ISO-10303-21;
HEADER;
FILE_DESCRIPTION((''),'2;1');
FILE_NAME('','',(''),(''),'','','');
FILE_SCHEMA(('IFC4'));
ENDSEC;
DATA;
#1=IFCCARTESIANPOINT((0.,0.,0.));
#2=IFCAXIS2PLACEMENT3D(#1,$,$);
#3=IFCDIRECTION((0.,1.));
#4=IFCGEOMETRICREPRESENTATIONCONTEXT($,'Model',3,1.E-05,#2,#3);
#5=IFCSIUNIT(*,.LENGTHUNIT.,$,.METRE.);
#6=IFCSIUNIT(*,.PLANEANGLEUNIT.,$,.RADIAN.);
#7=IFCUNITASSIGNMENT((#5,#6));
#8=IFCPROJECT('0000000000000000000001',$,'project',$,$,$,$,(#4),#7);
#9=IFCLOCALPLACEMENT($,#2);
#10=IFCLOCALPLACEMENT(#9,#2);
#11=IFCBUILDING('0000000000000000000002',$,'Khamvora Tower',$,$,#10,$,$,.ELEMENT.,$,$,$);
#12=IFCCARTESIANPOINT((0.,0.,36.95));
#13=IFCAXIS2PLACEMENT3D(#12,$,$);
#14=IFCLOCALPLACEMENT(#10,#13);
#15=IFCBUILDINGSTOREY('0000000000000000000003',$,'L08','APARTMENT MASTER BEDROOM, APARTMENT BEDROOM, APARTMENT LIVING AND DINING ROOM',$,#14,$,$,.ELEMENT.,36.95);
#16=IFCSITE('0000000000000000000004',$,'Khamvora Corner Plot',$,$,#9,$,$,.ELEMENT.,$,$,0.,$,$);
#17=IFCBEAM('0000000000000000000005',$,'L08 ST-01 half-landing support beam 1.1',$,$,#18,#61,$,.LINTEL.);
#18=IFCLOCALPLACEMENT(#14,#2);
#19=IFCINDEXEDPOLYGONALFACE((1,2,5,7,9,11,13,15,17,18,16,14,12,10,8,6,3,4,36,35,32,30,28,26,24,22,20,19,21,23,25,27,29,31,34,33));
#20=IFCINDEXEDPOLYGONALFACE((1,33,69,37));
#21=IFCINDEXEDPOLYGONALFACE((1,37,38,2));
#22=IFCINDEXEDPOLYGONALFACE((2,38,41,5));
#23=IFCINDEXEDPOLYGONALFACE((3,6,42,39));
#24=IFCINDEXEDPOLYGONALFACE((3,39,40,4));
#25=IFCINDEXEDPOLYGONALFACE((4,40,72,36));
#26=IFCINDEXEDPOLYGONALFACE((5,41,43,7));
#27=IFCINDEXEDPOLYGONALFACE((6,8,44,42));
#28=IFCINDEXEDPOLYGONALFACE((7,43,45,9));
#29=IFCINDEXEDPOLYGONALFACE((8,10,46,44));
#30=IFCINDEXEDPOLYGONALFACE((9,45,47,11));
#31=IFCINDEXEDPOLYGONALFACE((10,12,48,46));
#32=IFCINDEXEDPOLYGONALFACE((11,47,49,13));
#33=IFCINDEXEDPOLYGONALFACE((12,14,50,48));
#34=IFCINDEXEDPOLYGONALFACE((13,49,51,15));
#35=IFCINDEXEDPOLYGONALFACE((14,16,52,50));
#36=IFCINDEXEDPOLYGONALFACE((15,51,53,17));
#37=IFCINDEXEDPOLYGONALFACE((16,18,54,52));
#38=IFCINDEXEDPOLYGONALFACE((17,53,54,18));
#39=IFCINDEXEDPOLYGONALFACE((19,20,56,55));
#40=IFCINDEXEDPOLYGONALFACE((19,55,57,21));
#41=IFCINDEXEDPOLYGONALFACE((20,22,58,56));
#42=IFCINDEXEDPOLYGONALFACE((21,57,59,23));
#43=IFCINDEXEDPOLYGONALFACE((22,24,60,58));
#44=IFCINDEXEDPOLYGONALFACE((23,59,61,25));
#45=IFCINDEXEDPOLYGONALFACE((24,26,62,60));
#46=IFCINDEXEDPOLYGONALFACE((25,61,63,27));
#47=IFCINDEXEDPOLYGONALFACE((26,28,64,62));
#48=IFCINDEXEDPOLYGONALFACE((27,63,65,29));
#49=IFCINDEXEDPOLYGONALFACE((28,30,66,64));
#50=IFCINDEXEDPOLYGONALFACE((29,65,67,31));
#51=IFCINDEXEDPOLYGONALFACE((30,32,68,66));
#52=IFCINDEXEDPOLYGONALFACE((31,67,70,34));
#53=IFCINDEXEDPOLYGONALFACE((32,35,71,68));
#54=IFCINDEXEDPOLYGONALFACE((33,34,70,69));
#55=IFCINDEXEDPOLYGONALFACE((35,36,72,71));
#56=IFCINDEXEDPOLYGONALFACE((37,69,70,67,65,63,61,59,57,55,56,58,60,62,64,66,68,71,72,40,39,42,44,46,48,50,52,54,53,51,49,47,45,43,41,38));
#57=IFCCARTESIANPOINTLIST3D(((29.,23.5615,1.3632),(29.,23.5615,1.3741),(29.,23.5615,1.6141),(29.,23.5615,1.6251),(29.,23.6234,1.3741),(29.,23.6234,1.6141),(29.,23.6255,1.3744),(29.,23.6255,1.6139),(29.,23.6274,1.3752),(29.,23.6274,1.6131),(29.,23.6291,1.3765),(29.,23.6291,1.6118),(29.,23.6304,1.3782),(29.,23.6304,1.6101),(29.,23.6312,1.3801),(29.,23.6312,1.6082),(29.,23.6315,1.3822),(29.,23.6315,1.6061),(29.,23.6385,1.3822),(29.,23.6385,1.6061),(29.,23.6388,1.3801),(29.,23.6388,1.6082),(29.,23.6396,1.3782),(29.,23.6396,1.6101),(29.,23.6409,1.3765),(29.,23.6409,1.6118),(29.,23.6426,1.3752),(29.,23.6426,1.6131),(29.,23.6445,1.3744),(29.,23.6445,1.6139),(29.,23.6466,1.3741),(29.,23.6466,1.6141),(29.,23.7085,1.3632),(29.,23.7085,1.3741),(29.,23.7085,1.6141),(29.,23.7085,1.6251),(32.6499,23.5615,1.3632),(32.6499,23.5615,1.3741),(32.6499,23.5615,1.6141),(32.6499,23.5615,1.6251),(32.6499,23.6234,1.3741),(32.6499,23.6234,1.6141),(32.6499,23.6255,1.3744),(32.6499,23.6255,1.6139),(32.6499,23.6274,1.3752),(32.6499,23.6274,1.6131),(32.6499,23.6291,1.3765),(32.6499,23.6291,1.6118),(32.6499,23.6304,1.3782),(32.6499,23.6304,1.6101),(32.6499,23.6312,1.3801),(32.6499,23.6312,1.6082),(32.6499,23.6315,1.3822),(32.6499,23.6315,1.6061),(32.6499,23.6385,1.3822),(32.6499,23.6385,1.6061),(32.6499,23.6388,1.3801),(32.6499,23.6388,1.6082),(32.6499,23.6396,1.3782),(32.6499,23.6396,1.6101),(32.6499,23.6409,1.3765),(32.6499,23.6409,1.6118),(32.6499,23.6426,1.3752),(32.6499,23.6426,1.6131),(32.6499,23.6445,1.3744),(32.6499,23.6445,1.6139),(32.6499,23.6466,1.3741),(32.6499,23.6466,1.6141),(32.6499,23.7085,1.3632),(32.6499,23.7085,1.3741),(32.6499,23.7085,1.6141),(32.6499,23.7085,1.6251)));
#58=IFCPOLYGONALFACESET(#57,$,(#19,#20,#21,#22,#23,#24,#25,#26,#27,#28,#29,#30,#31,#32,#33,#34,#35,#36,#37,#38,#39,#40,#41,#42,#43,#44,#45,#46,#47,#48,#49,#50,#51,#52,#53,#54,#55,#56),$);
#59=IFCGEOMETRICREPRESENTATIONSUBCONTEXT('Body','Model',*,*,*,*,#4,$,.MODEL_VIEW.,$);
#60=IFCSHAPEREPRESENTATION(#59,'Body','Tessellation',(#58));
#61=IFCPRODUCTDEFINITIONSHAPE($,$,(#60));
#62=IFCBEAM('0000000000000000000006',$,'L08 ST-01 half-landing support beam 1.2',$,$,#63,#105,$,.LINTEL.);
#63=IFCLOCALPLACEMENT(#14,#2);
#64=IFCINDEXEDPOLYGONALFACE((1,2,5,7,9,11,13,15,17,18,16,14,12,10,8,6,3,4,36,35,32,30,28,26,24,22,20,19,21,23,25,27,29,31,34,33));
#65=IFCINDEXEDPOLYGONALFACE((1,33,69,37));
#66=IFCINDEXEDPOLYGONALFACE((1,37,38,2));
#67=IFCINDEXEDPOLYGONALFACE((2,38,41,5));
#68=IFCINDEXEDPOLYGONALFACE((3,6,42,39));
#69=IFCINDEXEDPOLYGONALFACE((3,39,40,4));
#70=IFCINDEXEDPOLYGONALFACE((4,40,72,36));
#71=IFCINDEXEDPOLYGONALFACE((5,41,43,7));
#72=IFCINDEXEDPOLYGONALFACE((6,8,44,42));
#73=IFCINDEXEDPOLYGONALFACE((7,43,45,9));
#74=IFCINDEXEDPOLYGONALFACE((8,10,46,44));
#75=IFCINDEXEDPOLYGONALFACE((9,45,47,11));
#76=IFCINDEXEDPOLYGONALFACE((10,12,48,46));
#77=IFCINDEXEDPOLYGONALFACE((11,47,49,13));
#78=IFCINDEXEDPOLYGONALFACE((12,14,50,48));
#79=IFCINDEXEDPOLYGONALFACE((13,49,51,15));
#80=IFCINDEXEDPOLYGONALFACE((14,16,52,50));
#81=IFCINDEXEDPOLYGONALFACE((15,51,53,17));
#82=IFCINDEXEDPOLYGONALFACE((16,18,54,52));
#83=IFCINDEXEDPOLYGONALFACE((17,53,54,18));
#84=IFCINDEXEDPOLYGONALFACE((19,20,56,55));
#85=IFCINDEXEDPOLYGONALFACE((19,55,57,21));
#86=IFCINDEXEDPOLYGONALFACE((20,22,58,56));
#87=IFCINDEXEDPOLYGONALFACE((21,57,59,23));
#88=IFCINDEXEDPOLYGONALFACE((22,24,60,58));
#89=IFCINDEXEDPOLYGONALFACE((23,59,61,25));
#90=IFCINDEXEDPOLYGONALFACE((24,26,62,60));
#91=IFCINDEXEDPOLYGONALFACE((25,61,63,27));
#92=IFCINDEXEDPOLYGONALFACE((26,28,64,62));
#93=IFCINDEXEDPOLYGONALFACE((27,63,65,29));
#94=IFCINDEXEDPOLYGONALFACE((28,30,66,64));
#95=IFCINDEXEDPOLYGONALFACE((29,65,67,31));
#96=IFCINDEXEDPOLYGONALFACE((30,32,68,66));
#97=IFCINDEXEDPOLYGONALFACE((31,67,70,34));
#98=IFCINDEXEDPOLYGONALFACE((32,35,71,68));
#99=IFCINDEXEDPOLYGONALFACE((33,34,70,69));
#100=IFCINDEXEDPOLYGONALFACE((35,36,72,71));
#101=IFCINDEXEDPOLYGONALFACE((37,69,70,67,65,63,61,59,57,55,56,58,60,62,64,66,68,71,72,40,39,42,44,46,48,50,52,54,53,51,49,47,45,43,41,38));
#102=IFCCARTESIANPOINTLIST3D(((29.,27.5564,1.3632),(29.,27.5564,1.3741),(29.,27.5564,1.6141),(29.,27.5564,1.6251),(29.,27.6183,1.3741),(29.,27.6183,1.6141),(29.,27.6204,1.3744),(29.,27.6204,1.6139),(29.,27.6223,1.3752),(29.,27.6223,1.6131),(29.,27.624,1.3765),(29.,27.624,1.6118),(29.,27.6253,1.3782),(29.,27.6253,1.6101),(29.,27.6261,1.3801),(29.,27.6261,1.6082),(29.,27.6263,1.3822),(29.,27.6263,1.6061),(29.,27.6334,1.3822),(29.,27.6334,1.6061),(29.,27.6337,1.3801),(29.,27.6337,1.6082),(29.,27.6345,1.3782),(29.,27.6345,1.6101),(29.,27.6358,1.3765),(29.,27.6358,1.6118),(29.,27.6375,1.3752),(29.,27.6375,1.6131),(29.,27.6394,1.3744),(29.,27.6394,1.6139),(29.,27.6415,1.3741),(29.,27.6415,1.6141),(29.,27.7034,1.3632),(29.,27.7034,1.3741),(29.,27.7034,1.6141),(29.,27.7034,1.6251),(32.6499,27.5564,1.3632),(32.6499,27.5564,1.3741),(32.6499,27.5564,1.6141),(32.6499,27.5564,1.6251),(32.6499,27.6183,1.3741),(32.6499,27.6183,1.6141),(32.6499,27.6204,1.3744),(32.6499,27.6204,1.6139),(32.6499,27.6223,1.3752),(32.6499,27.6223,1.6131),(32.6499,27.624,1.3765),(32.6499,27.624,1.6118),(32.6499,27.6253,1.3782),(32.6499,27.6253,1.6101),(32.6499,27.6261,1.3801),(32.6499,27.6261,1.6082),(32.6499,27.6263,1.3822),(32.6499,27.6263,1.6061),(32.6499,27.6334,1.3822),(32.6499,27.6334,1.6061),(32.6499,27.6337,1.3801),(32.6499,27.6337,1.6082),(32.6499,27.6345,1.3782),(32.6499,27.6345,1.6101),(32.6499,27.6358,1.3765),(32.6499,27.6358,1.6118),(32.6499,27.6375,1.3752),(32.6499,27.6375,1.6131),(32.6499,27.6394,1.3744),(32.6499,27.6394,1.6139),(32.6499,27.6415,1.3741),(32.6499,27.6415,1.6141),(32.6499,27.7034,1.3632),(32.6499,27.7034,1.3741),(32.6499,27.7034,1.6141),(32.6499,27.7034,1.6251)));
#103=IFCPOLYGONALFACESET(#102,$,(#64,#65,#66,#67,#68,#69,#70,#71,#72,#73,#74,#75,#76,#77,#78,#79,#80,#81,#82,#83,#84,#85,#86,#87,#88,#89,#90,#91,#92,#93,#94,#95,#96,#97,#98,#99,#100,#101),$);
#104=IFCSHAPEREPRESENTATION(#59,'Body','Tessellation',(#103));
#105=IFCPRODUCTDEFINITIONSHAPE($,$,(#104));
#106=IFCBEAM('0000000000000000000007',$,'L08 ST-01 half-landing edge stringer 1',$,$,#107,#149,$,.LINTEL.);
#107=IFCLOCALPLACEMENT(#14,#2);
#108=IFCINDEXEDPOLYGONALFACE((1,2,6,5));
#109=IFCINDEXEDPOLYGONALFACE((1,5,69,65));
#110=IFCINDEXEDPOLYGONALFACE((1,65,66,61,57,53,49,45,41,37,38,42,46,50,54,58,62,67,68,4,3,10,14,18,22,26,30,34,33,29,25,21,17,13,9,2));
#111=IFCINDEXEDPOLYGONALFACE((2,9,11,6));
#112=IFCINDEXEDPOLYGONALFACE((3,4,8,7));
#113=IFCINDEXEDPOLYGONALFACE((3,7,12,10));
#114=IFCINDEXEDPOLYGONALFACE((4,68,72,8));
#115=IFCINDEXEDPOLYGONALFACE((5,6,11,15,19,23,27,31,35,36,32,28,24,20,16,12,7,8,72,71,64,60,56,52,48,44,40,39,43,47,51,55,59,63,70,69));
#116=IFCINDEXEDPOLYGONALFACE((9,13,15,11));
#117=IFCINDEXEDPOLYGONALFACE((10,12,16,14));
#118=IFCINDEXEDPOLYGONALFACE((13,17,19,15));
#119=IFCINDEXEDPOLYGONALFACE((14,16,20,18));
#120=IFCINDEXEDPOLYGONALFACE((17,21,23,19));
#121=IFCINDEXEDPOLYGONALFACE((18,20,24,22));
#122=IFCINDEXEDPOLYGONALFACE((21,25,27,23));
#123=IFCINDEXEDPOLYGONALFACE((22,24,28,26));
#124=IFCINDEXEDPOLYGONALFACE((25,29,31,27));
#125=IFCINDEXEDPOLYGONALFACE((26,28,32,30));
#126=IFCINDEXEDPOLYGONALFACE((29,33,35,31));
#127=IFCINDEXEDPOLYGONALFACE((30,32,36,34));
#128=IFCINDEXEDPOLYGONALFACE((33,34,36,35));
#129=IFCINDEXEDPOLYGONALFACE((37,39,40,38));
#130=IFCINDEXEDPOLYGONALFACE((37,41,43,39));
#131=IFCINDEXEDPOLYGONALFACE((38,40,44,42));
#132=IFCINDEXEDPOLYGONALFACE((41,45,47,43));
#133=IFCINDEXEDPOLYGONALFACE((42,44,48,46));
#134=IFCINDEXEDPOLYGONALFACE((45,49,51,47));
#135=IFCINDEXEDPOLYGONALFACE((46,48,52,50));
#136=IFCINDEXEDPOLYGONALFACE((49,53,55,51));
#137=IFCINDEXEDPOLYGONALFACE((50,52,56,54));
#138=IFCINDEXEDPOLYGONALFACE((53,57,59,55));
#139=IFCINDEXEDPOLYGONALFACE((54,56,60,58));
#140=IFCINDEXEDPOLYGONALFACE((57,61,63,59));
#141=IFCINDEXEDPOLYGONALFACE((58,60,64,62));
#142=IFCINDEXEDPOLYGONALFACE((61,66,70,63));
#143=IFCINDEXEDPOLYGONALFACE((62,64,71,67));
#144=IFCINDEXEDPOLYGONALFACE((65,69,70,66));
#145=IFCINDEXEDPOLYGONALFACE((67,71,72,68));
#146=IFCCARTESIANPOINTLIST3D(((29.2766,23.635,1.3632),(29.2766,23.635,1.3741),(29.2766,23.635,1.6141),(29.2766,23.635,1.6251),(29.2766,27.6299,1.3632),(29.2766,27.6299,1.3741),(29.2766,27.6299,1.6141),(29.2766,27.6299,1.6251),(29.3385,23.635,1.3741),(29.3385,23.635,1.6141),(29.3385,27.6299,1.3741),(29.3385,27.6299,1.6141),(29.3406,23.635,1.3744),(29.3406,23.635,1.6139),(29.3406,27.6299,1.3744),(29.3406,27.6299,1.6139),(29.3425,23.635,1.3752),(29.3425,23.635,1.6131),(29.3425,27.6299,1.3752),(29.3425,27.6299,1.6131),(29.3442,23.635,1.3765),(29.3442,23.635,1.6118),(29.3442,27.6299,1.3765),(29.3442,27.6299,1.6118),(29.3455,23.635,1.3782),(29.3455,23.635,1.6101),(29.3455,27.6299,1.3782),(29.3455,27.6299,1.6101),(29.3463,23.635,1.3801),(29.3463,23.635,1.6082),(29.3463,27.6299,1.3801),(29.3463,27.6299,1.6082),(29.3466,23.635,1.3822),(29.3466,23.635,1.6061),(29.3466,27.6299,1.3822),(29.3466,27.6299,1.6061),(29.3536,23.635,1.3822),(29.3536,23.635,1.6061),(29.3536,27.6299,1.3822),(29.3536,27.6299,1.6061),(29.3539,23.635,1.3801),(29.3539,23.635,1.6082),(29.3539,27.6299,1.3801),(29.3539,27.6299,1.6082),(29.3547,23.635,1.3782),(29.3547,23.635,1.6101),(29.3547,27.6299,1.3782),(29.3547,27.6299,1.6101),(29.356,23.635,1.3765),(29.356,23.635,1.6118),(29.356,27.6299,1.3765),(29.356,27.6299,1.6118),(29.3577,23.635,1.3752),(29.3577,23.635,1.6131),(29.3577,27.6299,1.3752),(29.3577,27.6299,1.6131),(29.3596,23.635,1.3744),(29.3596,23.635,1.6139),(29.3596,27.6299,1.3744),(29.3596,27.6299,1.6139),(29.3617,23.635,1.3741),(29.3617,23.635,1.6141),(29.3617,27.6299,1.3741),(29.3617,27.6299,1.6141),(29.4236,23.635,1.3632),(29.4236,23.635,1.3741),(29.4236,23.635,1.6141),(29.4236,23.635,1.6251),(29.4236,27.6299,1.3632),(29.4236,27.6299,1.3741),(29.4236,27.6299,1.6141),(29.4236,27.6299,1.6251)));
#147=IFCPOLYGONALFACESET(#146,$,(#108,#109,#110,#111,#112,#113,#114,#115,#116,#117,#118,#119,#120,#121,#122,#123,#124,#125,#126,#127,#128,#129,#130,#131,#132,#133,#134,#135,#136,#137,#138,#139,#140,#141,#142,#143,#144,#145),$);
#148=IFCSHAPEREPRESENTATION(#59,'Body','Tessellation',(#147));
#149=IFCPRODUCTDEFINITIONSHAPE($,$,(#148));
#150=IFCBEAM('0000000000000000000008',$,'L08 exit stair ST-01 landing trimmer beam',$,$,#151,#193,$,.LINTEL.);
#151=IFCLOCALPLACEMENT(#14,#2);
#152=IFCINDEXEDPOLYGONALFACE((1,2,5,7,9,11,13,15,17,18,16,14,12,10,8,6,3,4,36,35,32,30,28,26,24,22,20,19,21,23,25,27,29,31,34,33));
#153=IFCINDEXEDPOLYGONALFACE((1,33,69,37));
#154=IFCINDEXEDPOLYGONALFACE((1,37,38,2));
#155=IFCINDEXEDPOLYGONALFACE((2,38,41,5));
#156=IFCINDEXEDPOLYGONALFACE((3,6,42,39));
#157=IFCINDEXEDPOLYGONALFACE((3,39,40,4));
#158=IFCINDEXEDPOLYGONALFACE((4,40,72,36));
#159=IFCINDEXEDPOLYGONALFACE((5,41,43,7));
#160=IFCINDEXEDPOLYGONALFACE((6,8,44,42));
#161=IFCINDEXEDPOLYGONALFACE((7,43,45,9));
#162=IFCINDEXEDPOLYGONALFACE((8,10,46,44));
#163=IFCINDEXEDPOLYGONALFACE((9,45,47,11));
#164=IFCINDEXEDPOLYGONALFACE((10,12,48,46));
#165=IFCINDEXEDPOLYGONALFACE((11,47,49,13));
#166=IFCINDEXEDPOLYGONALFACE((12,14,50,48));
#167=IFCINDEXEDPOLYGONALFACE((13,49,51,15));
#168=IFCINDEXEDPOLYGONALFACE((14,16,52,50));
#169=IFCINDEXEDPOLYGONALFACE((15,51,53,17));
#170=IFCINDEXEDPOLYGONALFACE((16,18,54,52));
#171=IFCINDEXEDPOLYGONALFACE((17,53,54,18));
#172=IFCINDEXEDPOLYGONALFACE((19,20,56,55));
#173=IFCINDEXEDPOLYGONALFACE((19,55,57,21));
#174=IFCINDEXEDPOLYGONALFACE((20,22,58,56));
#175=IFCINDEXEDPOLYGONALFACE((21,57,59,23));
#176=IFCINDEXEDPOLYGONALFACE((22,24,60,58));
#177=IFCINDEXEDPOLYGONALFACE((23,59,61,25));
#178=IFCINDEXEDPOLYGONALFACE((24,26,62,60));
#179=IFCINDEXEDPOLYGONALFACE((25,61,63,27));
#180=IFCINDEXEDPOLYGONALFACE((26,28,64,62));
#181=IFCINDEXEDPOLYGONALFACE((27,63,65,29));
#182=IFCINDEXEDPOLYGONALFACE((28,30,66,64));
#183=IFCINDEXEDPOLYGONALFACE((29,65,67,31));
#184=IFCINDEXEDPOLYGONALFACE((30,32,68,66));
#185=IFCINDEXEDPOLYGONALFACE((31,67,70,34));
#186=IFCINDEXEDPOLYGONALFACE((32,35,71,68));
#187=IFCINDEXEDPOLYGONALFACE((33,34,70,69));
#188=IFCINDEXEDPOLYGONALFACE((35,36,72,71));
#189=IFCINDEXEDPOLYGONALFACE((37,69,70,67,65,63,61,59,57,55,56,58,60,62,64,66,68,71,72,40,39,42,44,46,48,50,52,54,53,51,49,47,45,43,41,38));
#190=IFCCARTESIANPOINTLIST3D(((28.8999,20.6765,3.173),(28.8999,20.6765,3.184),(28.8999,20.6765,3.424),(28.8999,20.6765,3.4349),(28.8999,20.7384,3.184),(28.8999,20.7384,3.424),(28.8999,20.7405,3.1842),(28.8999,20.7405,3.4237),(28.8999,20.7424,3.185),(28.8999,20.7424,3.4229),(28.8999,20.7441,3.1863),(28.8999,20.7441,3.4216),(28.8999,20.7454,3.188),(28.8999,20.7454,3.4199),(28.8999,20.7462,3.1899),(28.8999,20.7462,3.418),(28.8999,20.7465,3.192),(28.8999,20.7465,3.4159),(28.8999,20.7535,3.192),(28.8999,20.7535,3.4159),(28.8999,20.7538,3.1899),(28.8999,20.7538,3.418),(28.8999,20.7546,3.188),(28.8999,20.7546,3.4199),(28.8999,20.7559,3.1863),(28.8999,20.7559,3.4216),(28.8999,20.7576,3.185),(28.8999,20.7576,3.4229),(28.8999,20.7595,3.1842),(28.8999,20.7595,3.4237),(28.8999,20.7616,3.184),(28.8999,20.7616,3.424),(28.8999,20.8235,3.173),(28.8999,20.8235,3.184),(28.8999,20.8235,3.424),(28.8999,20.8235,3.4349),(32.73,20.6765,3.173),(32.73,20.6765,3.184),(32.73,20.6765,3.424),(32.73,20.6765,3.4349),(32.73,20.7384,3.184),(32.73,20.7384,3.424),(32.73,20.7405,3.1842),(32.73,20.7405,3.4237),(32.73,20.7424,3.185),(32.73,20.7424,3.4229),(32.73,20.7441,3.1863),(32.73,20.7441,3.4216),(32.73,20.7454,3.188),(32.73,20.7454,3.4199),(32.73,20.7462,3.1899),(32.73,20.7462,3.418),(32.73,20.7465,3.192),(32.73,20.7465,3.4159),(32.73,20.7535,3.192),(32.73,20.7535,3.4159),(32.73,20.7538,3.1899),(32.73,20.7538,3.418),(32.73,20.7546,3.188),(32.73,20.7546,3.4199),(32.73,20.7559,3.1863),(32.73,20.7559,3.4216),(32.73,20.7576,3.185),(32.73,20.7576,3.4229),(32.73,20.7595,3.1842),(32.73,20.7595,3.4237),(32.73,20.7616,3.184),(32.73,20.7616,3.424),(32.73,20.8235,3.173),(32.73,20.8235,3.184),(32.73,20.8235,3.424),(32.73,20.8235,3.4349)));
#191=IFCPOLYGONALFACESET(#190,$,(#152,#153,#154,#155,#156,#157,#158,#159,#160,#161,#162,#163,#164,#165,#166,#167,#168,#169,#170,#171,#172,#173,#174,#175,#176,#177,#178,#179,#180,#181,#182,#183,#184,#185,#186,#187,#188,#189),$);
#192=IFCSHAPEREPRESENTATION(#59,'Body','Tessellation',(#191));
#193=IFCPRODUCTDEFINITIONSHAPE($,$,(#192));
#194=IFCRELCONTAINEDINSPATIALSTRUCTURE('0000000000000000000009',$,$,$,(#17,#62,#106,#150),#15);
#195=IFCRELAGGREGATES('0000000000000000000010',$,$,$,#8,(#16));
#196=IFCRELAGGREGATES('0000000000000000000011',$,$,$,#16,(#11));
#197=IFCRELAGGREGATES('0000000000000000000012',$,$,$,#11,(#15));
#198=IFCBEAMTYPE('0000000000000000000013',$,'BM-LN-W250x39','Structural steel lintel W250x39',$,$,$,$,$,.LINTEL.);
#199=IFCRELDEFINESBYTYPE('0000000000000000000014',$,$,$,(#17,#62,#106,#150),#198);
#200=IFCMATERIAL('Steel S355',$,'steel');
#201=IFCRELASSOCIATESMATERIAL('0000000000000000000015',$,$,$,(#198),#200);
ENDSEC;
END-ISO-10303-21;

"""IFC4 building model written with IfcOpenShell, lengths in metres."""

from ifc_helpers import new_model, si_unit, direction, frame, origin, origin_2d, place, context, subcontext, project, spatial, i_section, extrude, material, material_profile, profile_set, type_object, element, save


model = new_model("IFC4")

# Units and contexts
model_context = context("Model", 3, precision=1e-05, world=origin(), true_north=direction((0.0, 1.0)))
body_context = subcontext(model_context, "Body", "Model", "MODEL_VIEW")
ifc_project = project(units=[si_unit("LENGTHUNIT", "METRE"), si_unit("PLANEANGLEUNIT", "RADIAN")], contexts=[model_context])

# Site, building, storey
site_placement = place(None, origin())
site = spatial("IfcSite", under=ifc_project, at=site_placement, Name="Khamvora Corner Plot", CompositionType="ELEMENT", RefElevation=0.0)
building_placement = place(site_placement, origin())
building = spatial("IfcBuilding", under=site, at=building_placement, Name="Khamvora Tower", CompositionType="ELEMENT")
storey_placement = place(building_placement, frame((0.0, 0.0, 36.95)))
storey = spatial("IfcBuildingStorey", under=building, at=storey_placement, Name="L08", Description="APARTMENT MASTER BEDROOM, APARTMENT BEDROOM, APARTMENT LIVING AND DINING ROOM", CompositionType="ELEMENT", Elevation=36.95)

# Beams
ifc_material_1 = material(Name="Steel S355", Category="steel")
ifc_material_profile_1 = material_profile(ifc_material_1, i_section(OverallWidth=0.147, OverallDepth=0.262, WebThickness=0.0071, FlangeThickness=0.011, FilletRadius=0.0081, at=origin_2d()), Name="W250x39")
ifc_profile_set_1 = profile_set([ifc_material_profile_1], Name="Steel S355")
beam_type_1 = type_object("IfcBeamType", Name="BM-LN-W250x39", Description="Structural steel lintel W250x39", PredefinedType="LINTEL", material=ifc_profile_set_1)
for number, where, z_axis, x_axis, name in (
    (1, (29.0, 23.635, 1.4941), (1.0, 0.0, 0.0), (0.0, 1.0, 0.0), "L08 ST-01 half-landing support beam 1.1"),
    (2, (29.0, 27.6299, 1.4941), (1.0, 0.0, 0.0), (0.0, 1.0, 0.0), "L08 ST-01 half-landing support beam 1.2"),
):
    element("IfcBeam", number, at=place(storey_placement, frame(where, z_axis=z_axis, x_axis=x_axis)), inside=storey, type_object=beam_type_1, Name=name, PredefinedType="LINTEL", context=body_context, shape_type="SweptSolid", body=[
        extrude(i_section(OverallWidth=0.147, OverallDepth=0.262, WebThickness=0.0071, FlangeThickness=0.011, FilletRadius=0.0081, at=origin_2d()), origin(), (0.0, 0.0, 1.0), 3.6499),
    ])
beam_1_placement = place(storey_placement, frame((29.3501, 23.635, 1.4941), z_axis=(0.0, 1.0, 0.0), x_axis=(-1.0, 0.0, 0.0)))
element("IfcBeam", 3, at=beam_1_placement, inside=storey, type_object=beam_type_1, Name="L08 ST-01 half-landing edge stringer 1", PredefinedType="LINTEL", context=body_context, shape_type="SweptSolid", body=[
    extrude(i_section(OverallWidth=0.147, OverallDepth=0.262, WebThickness=0.0071, FlangeThickness=0.011, FilletRadius=0.0081, at=origin_2d()), origin(), (0.0, 0.0, 1.0), 3.9949),
])
beam_2_placement = place(storey_placement, frame((28.8999, 20.75, 3.304), z_axis=(1.0, 0.0, 0.0), x_axis=(0.0, 1.0, 0.0)))
element("IfcBeam", 4, at=beam_2_placement, inside=storey, type_object=beam_type_1, Name="L08 exit stair ST-01 landing trimmer beam", PredefinedType="LINTEL", context=body_context, shape_type="SweptSolid", body=[
    extrude(i_section(OverallWidth=0.147, OverallDepth=0.262, WebThickness=0.0071, FlangeThickness=0.011, FilletRadius=0.0081, at=origin_2d()), origin(), (0.0, 0.0, 1.0), 3.8301),
])

save(model, "model.ifc")
